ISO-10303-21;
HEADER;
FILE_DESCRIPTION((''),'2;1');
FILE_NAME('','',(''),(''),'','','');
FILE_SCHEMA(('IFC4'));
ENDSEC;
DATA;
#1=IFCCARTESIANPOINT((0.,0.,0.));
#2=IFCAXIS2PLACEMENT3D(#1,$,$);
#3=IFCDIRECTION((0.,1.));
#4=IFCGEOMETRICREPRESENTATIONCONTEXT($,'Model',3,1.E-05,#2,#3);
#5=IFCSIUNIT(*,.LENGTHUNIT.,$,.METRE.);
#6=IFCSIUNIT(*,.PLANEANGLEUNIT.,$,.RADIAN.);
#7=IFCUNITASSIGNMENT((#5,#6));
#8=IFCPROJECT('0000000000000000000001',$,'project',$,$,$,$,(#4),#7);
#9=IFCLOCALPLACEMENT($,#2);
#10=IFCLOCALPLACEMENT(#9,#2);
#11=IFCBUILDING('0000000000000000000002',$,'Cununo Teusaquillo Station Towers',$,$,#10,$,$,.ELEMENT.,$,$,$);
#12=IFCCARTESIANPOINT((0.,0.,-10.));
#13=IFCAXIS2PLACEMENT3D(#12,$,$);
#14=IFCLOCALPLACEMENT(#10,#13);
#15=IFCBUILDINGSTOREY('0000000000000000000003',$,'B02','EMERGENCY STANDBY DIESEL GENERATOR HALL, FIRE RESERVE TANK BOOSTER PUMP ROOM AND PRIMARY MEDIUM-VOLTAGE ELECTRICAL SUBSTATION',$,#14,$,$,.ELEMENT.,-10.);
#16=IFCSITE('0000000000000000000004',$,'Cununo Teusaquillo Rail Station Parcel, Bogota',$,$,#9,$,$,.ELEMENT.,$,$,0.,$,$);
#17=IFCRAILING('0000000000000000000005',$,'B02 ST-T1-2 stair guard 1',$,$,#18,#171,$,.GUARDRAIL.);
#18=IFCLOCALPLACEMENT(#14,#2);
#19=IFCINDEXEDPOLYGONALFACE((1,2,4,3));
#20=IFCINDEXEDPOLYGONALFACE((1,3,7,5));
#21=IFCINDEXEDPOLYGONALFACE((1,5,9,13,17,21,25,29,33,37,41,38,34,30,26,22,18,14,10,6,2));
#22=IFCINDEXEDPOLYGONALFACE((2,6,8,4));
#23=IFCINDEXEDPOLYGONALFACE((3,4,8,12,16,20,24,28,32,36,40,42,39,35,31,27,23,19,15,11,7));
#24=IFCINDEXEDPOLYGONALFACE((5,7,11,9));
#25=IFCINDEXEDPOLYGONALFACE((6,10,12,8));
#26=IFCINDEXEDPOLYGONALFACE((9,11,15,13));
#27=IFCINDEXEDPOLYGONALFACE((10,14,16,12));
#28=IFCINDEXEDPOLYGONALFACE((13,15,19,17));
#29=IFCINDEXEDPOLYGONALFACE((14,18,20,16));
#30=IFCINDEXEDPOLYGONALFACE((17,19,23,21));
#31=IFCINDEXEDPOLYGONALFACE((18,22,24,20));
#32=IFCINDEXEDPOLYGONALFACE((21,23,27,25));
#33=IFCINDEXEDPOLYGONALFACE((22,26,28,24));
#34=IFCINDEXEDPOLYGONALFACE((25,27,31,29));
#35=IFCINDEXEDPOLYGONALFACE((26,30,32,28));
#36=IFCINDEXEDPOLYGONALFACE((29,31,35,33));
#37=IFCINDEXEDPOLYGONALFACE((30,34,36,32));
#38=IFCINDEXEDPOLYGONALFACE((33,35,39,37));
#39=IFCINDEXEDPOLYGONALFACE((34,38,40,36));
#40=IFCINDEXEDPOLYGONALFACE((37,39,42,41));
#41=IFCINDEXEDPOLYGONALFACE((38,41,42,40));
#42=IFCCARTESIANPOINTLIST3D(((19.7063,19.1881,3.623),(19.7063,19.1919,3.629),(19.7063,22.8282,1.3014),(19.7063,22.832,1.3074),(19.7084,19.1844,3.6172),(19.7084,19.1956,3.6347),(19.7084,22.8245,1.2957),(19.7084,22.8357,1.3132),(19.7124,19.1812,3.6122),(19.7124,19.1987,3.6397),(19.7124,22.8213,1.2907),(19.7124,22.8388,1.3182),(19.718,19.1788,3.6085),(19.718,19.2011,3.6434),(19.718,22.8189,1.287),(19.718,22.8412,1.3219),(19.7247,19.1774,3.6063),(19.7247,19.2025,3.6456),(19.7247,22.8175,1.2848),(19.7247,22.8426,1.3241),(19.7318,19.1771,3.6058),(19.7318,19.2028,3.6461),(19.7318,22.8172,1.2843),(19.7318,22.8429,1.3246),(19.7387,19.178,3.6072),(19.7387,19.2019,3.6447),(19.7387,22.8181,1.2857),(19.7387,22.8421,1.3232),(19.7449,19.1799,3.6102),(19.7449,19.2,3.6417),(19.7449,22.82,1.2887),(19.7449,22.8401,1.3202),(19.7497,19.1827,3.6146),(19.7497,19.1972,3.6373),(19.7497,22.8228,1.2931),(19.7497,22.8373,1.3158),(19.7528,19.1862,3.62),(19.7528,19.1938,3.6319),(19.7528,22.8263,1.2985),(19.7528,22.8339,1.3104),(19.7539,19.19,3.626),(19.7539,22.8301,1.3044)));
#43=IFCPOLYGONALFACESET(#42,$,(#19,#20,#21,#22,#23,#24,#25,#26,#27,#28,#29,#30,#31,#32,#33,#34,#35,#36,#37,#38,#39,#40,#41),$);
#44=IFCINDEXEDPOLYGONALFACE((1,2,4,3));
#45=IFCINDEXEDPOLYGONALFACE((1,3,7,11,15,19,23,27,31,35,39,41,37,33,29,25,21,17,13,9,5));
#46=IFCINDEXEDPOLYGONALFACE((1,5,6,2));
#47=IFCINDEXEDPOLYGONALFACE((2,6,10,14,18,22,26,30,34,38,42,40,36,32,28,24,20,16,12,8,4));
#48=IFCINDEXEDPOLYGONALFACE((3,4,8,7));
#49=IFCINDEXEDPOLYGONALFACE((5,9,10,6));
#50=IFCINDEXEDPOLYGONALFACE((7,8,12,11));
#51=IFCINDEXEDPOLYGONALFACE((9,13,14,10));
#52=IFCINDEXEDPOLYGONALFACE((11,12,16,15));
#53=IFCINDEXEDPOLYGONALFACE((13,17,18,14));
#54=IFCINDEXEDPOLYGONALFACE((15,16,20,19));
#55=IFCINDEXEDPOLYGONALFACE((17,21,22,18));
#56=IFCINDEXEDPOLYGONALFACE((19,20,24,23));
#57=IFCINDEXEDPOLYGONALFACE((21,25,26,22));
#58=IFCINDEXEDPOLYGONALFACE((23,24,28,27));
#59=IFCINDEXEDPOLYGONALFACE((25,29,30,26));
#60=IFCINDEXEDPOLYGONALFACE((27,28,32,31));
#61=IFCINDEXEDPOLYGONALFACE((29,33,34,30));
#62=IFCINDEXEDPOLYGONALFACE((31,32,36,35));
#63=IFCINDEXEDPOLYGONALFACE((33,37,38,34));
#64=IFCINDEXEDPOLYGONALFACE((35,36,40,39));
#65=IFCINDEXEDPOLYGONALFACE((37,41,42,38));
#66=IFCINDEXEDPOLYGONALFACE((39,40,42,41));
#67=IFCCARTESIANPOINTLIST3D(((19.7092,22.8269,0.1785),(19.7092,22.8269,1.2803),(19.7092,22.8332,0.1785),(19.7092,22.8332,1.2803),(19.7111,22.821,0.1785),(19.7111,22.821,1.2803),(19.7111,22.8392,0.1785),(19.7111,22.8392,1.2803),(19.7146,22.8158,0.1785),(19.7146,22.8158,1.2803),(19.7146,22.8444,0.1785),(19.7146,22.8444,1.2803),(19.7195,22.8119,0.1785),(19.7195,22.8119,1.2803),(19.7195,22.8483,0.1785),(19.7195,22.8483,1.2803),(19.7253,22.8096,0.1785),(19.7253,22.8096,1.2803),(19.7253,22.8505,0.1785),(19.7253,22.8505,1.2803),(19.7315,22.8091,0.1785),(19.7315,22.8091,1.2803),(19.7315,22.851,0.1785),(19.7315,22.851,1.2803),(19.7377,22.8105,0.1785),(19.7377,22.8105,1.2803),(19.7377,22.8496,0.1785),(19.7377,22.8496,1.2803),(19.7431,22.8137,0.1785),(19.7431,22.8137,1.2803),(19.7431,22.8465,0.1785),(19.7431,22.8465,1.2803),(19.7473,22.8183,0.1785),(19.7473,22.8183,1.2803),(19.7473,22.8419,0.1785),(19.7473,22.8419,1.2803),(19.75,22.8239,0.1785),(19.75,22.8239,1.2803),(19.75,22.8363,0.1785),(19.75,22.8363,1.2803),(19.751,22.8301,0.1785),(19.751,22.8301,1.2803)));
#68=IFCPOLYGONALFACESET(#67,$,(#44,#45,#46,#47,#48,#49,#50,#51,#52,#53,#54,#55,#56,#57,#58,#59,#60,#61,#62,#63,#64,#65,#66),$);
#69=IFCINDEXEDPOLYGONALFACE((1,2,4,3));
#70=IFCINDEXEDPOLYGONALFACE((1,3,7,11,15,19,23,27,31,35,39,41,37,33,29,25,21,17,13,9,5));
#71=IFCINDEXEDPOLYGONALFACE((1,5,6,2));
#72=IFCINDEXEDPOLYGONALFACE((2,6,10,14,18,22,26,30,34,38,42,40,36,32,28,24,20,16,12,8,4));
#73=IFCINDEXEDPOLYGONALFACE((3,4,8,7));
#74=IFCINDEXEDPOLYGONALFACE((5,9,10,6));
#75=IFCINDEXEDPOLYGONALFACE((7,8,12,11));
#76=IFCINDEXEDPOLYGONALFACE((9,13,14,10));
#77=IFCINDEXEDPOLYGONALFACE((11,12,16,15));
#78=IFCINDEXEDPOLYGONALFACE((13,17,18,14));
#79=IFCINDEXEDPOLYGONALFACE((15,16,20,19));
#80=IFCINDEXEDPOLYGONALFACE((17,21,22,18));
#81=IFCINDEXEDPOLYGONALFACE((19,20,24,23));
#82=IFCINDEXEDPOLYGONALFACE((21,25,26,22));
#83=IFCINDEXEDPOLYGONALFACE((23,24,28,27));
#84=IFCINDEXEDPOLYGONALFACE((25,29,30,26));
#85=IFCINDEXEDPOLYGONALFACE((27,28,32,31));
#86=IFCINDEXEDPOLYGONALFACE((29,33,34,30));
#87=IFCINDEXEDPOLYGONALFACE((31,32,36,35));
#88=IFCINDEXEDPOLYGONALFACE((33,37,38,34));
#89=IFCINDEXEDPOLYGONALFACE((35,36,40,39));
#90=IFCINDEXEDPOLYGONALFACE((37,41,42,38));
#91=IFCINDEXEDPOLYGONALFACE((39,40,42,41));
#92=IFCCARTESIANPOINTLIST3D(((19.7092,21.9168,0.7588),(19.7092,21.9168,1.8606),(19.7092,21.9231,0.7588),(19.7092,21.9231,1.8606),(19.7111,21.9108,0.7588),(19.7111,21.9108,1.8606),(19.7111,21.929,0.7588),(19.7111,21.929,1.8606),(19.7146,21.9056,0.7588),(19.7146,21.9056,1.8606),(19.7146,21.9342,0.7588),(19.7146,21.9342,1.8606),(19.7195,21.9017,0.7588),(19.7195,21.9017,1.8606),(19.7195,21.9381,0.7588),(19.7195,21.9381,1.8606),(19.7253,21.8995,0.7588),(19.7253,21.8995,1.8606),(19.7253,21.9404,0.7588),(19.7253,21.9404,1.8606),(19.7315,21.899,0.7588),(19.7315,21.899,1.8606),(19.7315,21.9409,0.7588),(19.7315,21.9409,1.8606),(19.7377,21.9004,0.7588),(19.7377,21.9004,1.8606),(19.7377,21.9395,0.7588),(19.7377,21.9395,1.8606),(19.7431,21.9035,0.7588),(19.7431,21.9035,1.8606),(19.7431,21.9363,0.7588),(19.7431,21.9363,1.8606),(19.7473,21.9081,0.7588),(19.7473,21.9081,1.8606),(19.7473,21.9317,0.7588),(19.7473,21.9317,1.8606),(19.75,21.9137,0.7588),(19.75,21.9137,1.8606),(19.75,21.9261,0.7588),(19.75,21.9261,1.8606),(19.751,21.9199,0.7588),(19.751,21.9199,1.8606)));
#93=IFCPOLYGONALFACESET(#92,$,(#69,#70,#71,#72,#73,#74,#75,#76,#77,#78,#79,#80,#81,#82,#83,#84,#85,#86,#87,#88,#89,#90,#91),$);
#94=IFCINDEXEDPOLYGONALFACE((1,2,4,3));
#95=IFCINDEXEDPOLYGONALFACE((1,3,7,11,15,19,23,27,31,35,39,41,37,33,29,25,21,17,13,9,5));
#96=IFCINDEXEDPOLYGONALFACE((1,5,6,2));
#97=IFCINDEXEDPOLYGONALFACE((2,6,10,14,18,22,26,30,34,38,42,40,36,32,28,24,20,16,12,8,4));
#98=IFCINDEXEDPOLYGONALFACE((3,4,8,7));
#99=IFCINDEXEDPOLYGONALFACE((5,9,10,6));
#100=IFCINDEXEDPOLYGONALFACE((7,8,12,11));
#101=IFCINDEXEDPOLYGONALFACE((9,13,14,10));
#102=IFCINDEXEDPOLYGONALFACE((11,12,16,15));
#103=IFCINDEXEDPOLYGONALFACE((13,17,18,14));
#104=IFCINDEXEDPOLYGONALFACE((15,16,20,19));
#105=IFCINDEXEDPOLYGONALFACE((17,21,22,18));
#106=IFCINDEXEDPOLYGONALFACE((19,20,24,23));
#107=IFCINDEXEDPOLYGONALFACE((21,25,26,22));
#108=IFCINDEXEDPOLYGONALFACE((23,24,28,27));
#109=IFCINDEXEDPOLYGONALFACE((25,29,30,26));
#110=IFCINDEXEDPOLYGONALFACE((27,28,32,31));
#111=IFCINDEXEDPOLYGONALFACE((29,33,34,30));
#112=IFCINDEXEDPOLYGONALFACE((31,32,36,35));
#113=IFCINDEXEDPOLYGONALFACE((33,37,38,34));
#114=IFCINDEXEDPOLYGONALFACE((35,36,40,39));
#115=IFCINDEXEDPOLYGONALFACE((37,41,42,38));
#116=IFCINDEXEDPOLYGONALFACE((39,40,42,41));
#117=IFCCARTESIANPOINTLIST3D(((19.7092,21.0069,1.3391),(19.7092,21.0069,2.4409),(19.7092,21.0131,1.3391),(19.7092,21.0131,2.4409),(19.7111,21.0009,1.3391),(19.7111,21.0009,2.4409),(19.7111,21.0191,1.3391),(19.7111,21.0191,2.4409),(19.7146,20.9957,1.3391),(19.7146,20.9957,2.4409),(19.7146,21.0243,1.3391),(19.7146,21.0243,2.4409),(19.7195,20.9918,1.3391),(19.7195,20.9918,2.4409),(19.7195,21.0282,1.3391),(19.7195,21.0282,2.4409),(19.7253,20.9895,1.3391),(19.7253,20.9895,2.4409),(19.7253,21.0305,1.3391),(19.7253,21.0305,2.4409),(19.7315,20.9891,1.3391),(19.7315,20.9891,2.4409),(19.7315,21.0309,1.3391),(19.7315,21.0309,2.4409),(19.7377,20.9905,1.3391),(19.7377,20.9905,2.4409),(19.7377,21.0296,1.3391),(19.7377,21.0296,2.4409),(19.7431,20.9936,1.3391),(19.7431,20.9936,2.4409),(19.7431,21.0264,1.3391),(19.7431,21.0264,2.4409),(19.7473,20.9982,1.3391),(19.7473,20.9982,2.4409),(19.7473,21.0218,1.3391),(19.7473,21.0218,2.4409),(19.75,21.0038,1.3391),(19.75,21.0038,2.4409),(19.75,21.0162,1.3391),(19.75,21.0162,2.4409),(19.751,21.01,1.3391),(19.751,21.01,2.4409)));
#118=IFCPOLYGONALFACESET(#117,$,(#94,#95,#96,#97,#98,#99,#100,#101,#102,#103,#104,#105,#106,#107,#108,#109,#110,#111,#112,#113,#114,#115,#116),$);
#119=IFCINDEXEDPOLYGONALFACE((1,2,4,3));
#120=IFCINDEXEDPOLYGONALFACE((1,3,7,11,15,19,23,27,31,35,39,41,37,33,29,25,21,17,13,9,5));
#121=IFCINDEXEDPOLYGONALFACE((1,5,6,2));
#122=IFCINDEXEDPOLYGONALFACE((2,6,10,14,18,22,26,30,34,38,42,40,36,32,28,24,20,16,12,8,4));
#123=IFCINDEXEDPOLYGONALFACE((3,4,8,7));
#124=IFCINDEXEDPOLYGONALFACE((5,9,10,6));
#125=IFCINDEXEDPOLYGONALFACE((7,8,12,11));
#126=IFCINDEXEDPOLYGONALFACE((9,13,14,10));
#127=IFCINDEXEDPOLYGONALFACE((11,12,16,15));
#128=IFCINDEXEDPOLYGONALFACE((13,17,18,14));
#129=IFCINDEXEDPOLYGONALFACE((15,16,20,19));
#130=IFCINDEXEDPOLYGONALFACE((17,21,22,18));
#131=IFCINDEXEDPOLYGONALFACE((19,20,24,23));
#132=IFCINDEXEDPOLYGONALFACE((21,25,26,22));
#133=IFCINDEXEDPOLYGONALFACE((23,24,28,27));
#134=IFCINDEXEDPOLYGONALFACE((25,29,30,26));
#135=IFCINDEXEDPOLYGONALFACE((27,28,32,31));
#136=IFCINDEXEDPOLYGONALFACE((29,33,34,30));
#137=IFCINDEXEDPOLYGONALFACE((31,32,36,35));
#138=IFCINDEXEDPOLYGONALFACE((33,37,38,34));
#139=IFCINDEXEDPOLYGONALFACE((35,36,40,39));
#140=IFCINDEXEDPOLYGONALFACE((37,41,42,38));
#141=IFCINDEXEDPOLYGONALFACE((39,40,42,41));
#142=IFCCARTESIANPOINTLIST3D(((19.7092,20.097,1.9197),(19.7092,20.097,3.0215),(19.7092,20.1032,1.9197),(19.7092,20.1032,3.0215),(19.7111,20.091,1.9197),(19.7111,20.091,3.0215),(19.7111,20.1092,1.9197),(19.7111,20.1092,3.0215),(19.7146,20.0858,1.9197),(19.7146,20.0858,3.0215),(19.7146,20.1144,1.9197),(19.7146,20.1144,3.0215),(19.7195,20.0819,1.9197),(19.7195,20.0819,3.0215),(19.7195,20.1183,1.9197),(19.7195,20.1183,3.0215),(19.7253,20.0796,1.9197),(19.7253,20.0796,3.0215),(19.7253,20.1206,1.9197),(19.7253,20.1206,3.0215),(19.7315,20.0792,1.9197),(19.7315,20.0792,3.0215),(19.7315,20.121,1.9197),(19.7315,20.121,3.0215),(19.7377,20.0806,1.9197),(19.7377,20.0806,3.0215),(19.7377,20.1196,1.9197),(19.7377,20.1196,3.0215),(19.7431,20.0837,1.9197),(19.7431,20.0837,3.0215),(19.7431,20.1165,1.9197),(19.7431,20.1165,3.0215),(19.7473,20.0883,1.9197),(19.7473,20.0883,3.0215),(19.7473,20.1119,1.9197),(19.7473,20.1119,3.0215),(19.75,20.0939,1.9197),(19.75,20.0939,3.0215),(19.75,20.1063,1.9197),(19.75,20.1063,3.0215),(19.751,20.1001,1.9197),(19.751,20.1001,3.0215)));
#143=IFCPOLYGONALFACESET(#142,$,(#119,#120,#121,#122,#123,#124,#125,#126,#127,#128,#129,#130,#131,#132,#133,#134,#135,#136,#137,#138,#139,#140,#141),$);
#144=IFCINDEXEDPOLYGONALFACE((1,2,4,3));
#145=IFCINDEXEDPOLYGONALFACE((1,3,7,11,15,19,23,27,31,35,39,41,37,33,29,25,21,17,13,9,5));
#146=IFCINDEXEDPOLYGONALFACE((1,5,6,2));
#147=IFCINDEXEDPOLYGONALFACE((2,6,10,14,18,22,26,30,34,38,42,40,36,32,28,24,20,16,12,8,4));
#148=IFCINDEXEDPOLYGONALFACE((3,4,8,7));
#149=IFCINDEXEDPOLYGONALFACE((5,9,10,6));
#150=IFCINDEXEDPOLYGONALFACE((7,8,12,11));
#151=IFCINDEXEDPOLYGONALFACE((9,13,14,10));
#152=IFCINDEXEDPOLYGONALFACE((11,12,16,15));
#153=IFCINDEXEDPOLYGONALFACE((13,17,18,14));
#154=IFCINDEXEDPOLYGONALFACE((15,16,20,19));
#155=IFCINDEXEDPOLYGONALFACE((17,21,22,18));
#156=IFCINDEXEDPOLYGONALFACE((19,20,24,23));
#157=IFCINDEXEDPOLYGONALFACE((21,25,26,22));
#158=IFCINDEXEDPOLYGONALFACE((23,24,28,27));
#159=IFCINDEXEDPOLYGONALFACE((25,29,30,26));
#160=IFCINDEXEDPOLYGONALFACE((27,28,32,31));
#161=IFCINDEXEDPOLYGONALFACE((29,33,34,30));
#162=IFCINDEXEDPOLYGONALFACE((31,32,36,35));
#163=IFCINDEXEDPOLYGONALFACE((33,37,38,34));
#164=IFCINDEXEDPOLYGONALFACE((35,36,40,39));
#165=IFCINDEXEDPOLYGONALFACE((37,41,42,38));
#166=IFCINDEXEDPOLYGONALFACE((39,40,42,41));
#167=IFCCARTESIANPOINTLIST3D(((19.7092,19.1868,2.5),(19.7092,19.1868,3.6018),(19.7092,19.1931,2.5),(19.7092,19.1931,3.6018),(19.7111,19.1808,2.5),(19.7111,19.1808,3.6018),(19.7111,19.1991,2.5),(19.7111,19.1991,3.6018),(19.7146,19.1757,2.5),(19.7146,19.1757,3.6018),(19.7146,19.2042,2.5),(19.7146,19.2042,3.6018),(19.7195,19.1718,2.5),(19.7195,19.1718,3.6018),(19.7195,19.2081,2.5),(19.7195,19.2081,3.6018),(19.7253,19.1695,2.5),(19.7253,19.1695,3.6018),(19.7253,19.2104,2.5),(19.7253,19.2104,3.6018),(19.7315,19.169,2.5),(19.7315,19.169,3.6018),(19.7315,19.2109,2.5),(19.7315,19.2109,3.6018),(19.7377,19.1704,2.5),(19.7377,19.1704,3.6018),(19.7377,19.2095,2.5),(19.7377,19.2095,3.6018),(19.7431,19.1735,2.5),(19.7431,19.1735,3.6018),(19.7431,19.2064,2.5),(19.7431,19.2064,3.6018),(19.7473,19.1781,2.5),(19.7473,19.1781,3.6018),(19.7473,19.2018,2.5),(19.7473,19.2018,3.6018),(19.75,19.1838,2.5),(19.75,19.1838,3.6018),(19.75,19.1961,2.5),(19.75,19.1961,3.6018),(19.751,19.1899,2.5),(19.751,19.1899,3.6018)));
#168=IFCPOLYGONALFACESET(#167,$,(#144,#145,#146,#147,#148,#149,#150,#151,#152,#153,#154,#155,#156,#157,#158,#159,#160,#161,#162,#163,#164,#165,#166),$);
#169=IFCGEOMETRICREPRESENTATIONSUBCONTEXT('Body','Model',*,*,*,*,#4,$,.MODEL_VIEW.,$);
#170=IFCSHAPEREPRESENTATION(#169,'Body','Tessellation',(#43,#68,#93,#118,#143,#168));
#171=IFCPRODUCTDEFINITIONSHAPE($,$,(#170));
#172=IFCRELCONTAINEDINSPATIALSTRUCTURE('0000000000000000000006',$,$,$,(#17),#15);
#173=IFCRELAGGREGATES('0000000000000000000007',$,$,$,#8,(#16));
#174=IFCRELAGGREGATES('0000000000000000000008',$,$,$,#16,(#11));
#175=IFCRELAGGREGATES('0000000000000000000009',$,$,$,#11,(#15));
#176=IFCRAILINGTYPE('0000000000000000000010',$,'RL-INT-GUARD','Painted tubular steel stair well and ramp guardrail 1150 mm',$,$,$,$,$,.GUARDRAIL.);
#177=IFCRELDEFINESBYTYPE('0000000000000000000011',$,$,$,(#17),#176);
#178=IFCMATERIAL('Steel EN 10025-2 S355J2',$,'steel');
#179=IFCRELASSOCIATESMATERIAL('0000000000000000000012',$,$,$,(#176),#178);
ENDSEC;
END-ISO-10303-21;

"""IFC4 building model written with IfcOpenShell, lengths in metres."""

from ifc_helpers import new_model, si_unit, direction, frame, origin, origin_2d, place, context, subcontext, project, spatial, circle, extrude, material, type_object, element, save


model = new_model("IFC4")

# Units and contexts
model_context = context("Model", 3, precision=1e-05, world=origin(), true_north=direction((0.0, 1.0)))
body_context = subcontext(model_context, "Body", "Model", "MODEL_VIEW")
ifc_project = project(units=[si_unit("LENGTHUNIT", "METRE"), si_unit("PLANEANGLEUNIT", "RADIAN")], contexts=[model_context])

# Site, building, storey
site_placement = place(None, origin())
site = spatial("IfcSite", under=ifc_project, at=site_placement, Name="Cununo Teusaquillo Rail Station Parcel, Bogota", CompositionType="ELEMENT", RefElevation=0.0)
building_placement = place(site_placement, origin())
building = spatial("IfcBuilding", under=site, at=building_placement, Name="Cununo Teusaquillo Station Towers", CompositionType="ELEMENT")
storey_placement = place(building_placement, frame((0.0, 0.0, -10.0)))
storey = spatial("IfcBuildingStorey", under=building, at=storey_placement, Name="B02", Description="EMERGENCY STANDBY DIESEL GENERATOR HALL, FIRE RESERVE TANK BOOSTER PUMP ROOM AND PRIMARY MEDIUM-VOLTAGE ELECTRICAL SUBSTATION", CompositionType="ELEMENT", Elevation=-10.0)

# Railing
ifc_material_1 = material(Name="Steel EN 10025-2 S355J2", Category="steel")
railing_type_1 = type_object("IfcRailingType", Name="RL-INT-GUARD", Description="Painted tubular steel stair well and ramp guardrail 1150 mm", PredefinedType="GUARDRAIL", material=ifc_material_1)
railing_1_placement = place(storey_placement, frame((19.73, 22.8301, 0.1785)))
element("IfcRailing", 1, at=railing_1_placement, inside=storey, type_object=railing_type_1, Name="B02 ST-T1-2 stair guard 1", PredefinedType="GUARDRAIL", context=body_context, shape_type="SweptSolid", body=[
    extrude(circle(Radius=0.0239, at=origin_2d()), frame((0.0, 0.0, 1.126), z_axis=(0.0, -0.843128, 0.537713), x_axis=(1.0, 0.0, 0.0)), (0.0, 0.0, 1.0), 4.3174),
    extrude(circle(Radius=0.021, at=origin_2d()), origin(), (0.0, 0.0, 1.0), 1.1018),
    extrude(circle(Radius=0.021, at=origin_2d()), frame((0.0, -0.9102, 0.5803)), (0.0, 0.0, 1.0), 1.1018),
    extrude(circle(Radius=0.021, at=origin_2d()), frame((0.0, -1.8201, 1.1606)), (0.0, 0.0, 1.0), 1.1018),
    extrude(circle(Radius=0.021, at=origin_2d()), frame((0.0, -2.73, 1.7412)), (0.0, 0.0, 1.0), 1.1018),
    extrude(circle(Radius=0.021, at=origin_2d()), frame((0.0, -3.6401, 2.3215)), (0.0, 0.0, 1.0), 1.1018),
])

save(model, "model.ifc")
